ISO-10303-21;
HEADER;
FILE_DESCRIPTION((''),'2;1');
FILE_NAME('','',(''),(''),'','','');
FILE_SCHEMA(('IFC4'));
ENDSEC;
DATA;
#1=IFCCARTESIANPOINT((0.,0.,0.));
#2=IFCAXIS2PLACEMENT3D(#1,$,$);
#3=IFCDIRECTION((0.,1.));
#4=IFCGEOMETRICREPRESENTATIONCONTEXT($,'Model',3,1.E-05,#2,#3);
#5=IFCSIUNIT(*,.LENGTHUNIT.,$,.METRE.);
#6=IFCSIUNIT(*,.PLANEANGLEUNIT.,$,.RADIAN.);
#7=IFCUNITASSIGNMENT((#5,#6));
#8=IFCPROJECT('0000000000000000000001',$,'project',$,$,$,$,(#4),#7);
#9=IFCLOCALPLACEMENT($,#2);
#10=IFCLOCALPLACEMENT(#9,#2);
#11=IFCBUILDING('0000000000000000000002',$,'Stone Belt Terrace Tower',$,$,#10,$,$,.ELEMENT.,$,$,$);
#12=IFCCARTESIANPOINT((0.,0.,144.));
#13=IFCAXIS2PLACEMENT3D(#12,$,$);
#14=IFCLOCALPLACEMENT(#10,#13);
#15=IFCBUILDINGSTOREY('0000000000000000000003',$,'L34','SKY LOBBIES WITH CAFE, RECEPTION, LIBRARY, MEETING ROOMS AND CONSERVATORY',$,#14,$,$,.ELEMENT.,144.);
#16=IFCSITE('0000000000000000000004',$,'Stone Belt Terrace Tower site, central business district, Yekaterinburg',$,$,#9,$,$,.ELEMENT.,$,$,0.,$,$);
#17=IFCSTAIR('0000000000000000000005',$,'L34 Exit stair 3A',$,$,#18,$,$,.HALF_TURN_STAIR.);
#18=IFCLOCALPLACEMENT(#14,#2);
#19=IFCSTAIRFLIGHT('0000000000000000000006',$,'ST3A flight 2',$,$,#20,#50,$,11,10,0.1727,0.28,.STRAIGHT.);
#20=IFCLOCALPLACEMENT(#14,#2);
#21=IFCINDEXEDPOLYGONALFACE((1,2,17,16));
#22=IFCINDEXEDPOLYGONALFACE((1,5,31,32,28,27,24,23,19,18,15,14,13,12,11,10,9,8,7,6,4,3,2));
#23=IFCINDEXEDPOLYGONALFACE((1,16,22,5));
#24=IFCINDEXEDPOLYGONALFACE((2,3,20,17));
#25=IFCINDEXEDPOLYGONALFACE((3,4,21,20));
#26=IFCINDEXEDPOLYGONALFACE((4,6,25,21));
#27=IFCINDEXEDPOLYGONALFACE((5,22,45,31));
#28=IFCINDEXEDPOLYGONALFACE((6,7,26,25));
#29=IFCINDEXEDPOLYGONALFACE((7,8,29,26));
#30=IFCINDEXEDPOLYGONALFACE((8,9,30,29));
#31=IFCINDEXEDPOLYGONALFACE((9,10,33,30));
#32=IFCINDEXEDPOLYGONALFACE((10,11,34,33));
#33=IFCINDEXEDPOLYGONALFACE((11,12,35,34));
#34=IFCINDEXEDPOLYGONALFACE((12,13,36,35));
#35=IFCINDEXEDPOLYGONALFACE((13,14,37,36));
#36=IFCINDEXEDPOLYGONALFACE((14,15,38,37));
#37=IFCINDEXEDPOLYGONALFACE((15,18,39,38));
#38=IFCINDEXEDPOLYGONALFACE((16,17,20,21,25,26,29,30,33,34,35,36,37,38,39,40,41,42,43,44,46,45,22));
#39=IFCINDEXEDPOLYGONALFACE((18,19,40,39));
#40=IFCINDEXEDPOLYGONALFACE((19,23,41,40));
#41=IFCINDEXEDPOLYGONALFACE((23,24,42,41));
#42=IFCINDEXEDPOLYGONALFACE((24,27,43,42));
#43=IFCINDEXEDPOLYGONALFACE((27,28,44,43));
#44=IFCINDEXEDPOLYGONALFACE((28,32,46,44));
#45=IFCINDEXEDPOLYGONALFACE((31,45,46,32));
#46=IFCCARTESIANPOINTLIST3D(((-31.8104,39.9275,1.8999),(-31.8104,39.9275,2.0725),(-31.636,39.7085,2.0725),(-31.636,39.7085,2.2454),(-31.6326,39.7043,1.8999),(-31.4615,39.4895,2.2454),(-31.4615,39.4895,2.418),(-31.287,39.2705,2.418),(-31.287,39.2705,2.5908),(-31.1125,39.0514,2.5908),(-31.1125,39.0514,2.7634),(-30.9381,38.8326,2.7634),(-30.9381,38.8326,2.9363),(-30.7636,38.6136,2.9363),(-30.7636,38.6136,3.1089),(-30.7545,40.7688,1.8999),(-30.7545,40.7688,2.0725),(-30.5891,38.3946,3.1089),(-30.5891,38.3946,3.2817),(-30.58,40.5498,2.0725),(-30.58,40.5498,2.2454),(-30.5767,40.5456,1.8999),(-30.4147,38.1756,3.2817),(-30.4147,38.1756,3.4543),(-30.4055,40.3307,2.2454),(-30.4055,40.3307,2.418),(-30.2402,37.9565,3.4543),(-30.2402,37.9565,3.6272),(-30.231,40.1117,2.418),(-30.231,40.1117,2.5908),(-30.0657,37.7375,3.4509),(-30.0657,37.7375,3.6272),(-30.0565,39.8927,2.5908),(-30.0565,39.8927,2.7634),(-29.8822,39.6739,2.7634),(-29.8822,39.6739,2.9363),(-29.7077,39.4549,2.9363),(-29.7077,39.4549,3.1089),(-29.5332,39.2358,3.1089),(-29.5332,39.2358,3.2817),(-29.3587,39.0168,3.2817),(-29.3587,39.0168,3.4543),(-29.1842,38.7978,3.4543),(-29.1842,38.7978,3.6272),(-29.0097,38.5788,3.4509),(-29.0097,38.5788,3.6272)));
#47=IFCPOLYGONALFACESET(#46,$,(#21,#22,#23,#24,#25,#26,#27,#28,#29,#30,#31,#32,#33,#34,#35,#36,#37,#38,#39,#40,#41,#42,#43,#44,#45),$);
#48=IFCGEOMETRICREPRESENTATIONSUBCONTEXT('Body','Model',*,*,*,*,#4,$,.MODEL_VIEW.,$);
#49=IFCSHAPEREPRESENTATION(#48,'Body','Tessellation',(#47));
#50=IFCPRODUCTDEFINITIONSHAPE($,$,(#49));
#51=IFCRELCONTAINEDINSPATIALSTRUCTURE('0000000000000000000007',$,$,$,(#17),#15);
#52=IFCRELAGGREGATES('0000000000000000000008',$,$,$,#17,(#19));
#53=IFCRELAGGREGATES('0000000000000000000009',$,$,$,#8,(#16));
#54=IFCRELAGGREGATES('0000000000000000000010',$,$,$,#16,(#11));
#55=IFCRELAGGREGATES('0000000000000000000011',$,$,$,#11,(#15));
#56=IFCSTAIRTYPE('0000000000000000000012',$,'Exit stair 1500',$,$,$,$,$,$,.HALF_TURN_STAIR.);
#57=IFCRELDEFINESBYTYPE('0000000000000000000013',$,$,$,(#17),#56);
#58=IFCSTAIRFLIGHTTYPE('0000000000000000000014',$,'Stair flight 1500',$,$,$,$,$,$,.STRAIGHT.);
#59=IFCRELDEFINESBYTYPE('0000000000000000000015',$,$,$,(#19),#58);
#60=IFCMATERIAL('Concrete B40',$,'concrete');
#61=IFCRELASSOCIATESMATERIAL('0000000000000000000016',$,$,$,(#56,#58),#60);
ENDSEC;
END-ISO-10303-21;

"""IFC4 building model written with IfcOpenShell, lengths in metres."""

from ifc_helpers import new_model, si_unit, direction, frame, origin, place, context, subcontext, project, spatial, polyline, outline, extrude, material, type_object, element, aggregate, save


model = new_model("IFC4")

# Units and contexts
model_context = context("Model", 3, precision=1e-05, world=origin(), true_north=direction((0.0, 1.0)))
body_context = subcontext(model_context, "Body", "Model", "MODEL_VIEW")
ifc_project = project(units=[si_unit("LENGTHUNIT", "METRE"), si_unit("PLANEANGLEUNIT", "RADIAN")], contexts=[model_context])

# Site, building, storey
site_placement = place(None, origin())
site = spatial("IfcSite", under=ifc_project, at=site_placement, Name="Stone Belt Terrace Tower site, central business district, Yekaterinburg", CompositionType="ELEMENT", RefElevation=0.0)
building_placement = place(site_placement, origin())
building = spatial("IfcBuilding", under=site, at=building_placement, Name="Stone Belt Terrace Tower", CompositionType="ELEMENT")
storey_placement = place(building_placement, frame((0.0, 0.0, 144.0)))
storey = spatial("IfcBuildingStorey", under=building, at=storey_placement, Name="L34", Description="SKY LOBBIES WITH CAFE, RECEPTION, LIBRARY, MEETING ROOMS AND CONSERVATORY", CompositionType="ELEMENT", Elevation=144.0)

# Stair, stair flight
ifc_material_1 = material(Name="Concrete B40", Category="concrete")
stair_type = type_object("IfcStairType", Name="Exit stair 1500", PredefinedType="HALF_TURN_STAIR", material=ifc_material_1)
stair_placement = place(storey_placement, origin())
stair = element("IfcStair", 1, at=stair_placement, inside=storey, type_object=stair_type, Name="L34 Exit stair 3A", PredefinedType="HALF_TURN_STAIR")
stair_flight_type = type_object("IfcStairFlightType", Name="Stair flight 1500", PredefinedType="STRAIGHT", material=ifc_material_1)
stair_flight_placement = place(storey_placement, frame((-31.2825, 40.3481, 1.8999), z_axis=(0.0, 0.0, 1.0), x_axis=(0.623121, -0.782125, 0.0)))
stair_flight = element("IfcStairFlight", 2, at=stair_flight_placement, type_object=stair_flight_type, Name="ST3A flight 2", NumberOfRisers=11, NumberOfTreads=10, PredefinedType="STRAIGHT", RiserHeight=0.1727, TreadLength=0.28, context=body_context, shape_type="SweptSolid", body=[
    extrude(outline(polyline([(0.0, 0.0), (0.0, 0.1726), (0.28, 0.1726), (0.28, 0.3455), (0.5601, 0.3455), (0.5601, 0.5181), (0.8401, 0.5181), (0.8401, 0.6909), (1.1201, 0.6909), (1.1201, 0.8635), (1.3999, 0.8635), (1.3999, 1.0364), (1.6799, 1.0364), (1.6799, 1.209), (1.96, 1.209), (1.96, 1.3818), (2.24, 1.3818), (2.24, 1.5544), (2.52, 1.5544), (2.52, 1.7273), (2.8, 1.7273), (2.8, 1.8999), (2.8, 1.551), (0.2854, 0.0), (0.0, 0.0)])), frame((0.0, 0.675, 0.0), z_axis=(0.0, -1.0, 0.0), x_axis=(1.0, 0.0, 0.0)), (0.0, 0.0, 1.0), 1.3501),
])
aggregate(stair, [stair_flight])

save(model, "model.ifc")
